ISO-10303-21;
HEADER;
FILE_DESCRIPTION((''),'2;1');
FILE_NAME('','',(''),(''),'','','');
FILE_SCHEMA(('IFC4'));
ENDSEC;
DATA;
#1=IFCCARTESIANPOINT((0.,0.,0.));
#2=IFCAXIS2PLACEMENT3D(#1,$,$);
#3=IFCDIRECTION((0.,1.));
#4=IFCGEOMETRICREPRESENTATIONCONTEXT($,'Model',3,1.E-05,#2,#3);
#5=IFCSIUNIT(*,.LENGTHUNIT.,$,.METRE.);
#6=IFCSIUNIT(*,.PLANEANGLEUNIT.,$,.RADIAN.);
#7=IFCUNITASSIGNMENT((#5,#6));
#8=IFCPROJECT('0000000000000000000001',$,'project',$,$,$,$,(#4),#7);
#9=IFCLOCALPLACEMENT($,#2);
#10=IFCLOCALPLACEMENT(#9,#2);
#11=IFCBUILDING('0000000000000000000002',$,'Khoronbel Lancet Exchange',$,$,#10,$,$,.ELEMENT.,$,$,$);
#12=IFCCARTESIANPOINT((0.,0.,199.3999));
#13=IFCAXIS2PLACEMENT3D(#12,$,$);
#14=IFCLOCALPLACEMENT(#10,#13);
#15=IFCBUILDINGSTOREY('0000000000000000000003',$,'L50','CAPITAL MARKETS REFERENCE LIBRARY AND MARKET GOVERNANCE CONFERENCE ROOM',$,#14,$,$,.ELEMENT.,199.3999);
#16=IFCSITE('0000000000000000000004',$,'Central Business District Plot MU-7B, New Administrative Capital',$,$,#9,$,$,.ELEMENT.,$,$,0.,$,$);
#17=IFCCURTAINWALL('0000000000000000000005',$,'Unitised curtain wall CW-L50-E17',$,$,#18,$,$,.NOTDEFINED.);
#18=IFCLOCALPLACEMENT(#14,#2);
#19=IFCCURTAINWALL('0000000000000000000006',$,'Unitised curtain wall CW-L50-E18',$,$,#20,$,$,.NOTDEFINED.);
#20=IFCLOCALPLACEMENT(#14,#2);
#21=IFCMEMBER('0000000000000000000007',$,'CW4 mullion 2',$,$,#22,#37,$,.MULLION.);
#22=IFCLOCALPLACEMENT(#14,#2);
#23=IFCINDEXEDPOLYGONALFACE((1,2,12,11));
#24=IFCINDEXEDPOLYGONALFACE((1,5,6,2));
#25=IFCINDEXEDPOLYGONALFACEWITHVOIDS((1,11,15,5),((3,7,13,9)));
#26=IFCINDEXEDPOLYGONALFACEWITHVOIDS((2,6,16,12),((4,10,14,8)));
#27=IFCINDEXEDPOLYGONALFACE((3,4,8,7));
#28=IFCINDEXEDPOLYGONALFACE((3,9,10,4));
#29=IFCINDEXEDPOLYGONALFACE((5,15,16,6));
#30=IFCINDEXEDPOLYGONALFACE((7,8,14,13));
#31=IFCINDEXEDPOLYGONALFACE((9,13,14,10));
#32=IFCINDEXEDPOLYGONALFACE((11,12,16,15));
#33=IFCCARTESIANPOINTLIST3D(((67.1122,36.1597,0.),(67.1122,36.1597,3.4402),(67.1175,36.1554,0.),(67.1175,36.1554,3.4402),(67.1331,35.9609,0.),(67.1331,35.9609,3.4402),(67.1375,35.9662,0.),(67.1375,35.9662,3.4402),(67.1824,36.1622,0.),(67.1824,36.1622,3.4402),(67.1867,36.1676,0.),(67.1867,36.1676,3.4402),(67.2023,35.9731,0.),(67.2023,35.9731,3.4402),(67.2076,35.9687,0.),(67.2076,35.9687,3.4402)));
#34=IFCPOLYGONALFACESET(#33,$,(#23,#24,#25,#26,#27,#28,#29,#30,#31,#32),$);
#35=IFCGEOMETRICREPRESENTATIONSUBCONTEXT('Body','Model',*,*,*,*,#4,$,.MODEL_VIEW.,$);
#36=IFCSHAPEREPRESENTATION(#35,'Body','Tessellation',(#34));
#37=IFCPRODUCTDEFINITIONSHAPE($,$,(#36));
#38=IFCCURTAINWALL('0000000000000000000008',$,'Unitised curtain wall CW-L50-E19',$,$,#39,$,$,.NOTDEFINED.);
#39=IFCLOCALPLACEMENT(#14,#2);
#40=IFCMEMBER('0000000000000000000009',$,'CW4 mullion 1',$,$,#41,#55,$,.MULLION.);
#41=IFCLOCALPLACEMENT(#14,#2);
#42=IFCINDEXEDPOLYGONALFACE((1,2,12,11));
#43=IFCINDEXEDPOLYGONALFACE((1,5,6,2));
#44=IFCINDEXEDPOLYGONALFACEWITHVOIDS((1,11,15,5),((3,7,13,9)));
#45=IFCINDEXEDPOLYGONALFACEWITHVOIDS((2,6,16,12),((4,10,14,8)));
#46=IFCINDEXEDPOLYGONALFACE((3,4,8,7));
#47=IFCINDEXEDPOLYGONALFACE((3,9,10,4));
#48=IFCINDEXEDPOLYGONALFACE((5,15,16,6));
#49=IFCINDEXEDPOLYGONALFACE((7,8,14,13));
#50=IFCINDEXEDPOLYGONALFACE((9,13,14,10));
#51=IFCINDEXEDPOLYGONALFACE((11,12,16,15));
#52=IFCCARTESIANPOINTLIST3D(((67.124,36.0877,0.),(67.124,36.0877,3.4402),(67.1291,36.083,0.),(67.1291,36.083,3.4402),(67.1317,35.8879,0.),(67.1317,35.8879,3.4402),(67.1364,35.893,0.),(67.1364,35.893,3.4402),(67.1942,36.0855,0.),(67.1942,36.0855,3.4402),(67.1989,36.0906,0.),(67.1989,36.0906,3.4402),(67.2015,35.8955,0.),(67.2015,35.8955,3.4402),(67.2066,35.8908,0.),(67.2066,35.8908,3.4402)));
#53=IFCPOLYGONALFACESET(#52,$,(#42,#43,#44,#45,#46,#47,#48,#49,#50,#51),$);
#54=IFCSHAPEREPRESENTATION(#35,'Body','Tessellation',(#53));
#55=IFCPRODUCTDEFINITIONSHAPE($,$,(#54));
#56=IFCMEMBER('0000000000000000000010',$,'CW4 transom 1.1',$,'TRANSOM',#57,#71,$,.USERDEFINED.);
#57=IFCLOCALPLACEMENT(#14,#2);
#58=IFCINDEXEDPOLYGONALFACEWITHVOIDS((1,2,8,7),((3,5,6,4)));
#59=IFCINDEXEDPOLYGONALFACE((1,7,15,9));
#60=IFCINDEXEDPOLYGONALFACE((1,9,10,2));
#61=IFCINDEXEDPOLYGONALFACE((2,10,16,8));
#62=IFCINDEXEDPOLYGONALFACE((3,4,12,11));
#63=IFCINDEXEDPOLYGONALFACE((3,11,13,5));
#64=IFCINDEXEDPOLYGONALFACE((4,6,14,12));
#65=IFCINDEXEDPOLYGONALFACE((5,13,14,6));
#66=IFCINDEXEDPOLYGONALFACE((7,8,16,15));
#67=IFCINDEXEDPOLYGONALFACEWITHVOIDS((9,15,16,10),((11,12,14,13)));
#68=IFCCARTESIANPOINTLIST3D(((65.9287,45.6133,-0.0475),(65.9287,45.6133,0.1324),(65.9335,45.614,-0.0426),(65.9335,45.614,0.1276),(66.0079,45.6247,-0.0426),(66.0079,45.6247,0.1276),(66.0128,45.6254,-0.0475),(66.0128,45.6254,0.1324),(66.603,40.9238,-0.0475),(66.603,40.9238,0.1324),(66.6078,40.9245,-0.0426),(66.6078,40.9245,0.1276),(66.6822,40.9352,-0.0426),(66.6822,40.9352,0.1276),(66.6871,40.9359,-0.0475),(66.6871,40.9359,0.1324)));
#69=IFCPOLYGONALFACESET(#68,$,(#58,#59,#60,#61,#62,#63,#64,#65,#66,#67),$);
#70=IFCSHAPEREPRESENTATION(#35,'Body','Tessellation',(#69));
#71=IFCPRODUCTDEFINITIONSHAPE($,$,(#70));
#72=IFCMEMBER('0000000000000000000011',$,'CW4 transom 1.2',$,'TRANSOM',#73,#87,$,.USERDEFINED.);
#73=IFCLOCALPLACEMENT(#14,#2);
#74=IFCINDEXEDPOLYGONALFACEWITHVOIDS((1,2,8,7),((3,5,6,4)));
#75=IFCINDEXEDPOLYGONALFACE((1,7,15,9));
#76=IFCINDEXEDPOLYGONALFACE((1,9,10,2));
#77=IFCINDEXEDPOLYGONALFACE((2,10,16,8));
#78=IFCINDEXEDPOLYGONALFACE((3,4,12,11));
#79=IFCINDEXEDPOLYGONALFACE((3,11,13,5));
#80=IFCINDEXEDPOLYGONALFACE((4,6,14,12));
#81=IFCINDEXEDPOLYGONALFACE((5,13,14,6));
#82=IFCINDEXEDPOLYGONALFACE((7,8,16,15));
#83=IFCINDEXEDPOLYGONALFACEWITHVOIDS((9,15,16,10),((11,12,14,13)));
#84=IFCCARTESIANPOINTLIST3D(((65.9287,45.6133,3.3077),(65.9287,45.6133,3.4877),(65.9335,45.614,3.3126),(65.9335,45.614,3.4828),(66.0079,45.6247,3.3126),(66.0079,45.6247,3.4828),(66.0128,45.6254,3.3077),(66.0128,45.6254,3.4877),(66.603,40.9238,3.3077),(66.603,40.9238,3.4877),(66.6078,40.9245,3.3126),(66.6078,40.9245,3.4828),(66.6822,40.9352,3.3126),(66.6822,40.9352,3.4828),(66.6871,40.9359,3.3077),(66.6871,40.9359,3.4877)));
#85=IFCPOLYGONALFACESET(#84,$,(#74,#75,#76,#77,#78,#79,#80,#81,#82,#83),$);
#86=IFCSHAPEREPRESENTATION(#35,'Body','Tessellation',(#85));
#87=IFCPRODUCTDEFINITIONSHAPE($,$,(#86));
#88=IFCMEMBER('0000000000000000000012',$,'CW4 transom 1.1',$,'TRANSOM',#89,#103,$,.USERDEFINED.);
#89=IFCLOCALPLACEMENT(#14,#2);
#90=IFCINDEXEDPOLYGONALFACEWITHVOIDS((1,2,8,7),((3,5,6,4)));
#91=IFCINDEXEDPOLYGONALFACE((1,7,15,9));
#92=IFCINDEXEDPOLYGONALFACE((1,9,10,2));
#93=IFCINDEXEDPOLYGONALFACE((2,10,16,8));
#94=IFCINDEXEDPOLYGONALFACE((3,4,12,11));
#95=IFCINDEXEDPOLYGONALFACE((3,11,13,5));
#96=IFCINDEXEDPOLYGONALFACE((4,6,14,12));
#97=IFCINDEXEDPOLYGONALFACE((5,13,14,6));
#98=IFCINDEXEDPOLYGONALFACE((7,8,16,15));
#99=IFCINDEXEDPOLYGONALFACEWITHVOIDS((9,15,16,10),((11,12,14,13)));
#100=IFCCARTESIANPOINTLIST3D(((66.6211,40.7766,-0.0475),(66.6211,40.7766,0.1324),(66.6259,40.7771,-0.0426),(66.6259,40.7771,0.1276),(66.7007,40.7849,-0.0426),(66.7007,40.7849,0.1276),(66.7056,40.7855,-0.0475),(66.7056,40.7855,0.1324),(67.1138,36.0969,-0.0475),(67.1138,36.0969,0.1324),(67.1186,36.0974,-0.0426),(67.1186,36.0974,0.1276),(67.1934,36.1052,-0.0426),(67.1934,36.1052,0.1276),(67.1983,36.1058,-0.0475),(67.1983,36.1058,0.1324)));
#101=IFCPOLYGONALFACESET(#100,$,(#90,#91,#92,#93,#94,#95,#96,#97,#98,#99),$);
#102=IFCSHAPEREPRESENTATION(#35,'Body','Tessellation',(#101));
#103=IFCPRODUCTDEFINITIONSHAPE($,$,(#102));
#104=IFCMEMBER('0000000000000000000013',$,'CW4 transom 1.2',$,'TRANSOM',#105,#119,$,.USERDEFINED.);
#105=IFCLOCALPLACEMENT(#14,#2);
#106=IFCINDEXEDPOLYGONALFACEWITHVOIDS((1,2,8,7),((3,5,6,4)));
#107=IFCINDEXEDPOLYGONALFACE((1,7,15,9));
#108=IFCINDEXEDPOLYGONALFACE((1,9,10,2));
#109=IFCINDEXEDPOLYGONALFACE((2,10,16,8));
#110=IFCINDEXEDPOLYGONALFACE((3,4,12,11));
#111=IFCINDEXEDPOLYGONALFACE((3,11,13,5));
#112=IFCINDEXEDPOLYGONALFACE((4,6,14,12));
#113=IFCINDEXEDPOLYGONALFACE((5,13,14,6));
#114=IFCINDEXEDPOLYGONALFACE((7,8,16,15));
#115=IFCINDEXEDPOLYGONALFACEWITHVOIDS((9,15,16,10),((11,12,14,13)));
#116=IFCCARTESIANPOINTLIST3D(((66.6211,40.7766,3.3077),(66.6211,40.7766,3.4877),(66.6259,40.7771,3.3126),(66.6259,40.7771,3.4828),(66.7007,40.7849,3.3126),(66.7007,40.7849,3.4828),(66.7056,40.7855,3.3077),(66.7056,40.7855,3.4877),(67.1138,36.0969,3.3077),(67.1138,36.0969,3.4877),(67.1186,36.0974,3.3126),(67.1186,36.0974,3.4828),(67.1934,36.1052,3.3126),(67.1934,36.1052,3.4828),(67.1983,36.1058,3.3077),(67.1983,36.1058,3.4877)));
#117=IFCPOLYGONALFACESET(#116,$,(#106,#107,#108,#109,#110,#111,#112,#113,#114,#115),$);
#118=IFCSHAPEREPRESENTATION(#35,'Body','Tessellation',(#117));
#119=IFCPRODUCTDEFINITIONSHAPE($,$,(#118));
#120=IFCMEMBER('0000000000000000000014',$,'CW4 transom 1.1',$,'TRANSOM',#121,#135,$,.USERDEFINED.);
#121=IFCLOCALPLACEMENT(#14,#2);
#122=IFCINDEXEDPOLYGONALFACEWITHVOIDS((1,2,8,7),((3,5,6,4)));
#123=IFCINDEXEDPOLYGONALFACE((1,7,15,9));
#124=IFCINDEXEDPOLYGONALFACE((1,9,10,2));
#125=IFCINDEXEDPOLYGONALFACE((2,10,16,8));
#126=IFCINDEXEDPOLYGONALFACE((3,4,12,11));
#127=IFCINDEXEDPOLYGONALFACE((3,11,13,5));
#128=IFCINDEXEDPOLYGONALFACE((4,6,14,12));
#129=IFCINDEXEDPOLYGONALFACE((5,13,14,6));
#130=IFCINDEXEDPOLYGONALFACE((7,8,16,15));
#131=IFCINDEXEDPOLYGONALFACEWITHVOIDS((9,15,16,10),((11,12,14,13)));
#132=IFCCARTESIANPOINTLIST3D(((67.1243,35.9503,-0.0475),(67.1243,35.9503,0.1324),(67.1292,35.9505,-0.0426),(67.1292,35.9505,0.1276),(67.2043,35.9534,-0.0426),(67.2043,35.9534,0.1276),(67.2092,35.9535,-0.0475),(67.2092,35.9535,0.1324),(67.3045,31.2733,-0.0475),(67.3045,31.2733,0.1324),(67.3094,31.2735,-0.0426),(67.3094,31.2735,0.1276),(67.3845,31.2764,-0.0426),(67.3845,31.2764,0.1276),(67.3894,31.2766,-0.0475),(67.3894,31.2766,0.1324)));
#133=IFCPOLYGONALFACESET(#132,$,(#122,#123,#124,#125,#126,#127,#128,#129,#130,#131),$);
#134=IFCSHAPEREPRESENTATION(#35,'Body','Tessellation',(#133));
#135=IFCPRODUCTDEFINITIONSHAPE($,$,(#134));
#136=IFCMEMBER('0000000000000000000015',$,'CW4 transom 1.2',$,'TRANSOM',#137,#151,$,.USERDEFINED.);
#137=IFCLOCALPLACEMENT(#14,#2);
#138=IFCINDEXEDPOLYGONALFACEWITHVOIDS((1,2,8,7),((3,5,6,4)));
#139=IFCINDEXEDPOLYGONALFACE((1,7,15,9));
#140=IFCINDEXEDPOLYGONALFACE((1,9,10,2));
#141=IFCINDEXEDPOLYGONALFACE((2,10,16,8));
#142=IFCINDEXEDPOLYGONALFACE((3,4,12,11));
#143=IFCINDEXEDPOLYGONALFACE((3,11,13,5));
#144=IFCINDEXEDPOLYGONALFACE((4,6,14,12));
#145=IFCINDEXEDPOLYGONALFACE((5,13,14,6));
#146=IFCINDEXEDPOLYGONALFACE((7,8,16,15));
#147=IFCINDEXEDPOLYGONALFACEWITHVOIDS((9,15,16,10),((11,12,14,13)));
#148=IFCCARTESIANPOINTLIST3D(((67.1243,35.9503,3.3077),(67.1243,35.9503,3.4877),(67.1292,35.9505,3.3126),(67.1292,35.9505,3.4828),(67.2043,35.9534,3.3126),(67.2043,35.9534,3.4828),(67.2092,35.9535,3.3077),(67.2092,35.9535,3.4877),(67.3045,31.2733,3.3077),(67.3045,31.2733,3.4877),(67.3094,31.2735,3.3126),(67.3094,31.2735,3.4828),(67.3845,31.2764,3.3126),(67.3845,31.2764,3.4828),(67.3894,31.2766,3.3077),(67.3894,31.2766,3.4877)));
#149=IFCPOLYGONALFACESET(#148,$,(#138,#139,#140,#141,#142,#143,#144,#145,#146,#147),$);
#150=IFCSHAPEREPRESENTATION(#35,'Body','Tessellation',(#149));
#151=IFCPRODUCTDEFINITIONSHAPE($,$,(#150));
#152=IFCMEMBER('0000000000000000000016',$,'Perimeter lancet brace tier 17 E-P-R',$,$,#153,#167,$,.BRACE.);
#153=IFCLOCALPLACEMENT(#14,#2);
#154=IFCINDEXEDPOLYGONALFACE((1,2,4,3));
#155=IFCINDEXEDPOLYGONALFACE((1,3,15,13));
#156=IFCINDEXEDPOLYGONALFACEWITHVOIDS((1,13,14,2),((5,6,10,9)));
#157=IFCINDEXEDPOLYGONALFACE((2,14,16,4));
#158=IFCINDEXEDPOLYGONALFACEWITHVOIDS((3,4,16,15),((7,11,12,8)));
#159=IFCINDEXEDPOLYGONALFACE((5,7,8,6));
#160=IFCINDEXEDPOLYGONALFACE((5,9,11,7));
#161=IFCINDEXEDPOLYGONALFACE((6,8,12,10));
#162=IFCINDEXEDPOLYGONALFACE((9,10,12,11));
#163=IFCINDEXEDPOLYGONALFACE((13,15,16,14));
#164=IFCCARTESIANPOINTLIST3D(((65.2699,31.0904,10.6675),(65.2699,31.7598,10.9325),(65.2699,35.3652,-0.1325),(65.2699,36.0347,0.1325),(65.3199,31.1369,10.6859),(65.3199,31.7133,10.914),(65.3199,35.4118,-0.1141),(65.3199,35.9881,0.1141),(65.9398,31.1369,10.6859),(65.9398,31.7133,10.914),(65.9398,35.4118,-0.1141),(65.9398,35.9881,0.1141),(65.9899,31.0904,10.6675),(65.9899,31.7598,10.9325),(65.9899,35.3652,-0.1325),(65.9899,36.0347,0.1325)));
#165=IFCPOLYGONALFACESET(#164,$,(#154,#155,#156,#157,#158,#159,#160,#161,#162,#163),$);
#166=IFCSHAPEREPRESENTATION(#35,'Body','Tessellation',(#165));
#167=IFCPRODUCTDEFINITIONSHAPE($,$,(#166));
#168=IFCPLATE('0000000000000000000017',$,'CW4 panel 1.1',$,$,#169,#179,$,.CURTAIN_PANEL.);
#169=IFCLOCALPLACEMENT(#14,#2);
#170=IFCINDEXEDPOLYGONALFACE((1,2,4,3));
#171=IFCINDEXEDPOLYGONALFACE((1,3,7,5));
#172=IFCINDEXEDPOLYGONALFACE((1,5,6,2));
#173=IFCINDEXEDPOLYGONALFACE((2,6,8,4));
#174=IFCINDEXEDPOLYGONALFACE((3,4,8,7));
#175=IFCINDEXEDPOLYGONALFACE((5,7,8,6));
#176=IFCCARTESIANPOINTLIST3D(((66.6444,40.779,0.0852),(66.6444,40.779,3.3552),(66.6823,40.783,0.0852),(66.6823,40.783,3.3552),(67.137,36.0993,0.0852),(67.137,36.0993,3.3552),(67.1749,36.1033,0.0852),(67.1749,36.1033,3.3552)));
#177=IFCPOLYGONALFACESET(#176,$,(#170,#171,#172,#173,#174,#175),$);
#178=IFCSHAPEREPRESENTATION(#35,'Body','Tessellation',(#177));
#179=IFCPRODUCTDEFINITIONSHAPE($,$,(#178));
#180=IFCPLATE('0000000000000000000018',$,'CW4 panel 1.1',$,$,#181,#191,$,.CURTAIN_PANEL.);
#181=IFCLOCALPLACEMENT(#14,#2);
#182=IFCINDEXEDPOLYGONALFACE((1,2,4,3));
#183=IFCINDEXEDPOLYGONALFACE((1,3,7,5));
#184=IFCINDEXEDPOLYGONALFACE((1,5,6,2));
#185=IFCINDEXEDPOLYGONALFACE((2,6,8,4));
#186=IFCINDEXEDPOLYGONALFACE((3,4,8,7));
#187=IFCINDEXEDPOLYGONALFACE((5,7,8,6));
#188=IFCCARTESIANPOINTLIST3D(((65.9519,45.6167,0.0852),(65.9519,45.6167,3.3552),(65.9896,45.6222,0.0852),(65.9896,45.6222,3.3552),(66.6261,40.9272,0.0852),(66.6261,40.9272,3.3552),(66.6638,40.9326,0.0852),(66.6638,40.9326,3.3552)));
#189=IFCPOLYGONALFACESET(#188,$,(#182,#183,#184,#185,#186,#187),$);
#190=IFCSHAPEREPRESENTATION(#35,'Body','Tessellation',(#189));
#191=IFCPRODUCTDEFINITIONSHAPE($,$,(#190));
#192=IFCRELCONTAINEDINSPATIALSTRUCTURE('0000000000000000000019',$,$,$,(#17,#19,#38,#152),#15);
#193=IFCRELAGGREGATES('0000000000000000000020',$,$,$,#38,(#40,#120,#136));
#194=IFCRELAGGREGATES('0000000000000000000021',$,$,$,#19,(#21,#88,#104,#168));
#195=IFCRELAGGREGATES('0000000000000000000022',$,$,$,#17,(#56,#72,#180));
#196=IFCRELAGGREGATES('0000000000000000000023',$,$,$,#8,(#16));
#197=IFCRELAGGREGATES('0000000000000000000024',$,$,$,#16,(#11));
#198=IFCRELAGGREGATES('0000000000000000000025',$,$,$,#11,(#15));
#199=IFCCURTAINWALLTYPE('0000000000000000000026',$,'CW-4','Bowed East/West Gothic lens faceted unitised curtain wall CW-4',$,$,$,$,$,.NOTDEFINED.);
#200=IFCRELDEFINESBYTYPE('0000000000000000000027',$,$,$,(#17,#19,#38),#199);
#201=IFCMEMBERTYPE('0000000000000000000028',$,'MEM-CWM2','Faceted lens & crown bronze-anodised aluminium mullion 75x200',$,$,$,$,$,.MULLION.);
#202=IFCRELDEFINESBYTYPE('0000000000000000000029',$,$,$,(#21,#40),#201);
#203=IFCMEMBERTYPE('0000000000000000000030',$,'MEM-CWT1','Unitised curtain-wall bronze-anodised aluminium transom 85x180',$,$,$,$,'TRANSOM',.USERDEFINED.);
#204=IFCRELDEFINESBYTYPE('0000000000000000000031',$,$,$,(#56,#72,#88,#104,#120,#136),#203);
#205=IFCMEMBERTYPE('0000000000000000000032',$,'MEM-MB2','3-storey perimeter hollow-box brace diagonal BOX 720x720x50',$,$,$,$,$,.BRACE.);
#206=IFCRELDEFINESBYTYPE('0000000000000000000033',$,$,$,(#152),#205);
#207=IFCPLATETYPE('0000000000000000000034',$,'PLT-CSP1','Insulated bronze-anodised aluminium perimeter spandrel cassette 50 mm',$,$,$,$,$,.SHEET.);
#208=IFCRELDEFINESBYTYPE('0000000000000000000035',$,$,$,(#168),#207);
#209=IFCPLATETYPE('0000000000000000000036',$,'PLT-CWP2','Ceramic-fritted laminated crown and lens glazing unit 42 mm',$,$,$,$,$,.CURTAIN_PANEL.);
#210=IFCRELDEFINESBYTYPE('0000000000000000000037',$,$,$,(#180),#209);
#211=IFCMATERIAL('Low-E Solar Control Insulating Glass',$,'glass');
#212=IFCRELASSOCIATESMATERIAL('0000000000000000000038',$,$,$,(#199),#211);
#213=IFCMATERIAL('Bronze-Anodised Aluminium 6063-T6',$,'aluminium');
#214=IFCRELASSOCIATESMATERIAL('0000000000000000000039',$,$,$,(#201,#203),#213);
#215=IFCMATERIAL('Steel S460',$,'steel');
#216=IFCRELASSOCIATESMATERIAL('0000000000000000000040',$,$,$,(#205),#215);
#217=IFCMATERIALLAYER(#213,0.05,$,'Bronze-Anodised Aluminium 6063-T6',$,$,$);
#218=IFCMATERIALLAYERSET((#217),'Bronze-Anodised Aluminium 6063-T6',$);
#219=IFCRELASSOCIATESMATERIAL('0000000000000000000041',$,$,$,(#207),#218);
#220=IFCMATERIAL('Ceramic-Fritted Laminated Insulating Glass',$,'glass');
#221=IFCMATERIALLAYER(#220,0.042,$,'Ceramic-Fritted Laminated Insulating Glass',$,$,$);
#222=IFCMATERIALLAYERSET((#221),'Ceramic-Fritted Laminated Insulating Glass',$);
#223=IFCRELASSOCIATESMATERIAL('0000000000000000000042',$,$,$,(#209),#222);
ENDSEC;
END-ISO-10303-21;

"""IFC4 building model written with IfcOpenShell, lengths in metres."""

from ifc_helpers import new_model, si_unit, direction, frame, origin, origin_2d, place, context, subcontext, project, spatial, rectangle, hollow_rectangle, extrude, material, layer, layer_set, material_profile, profile_set, type_object, element, aggregate, save


model = new_model("IFC4")

# Units and contexts
model_context = context("Model", 3, precision=1e-05, world=origin(), true_north=direction((0.0, 1.0)))
body_context = subcontext(model_context, "Body", "Model", "MODEL_VIEW")
ifc_project = project(units=[si_unit("LENGTHUNIT", "METRE"), si_unit("PLANEANGLEUNIT", "RADIAN")], contexts=[model_context])

# Site, building, storey
site_placement = place(None, origin())
site = spatial("IfcSite", under=ifc_project, at=site_placement, Name="Central Business District Plot MU-7B, New Administrative Capital", CompositionType="ELEMENT", RefElevation=0.0)
building_placement = place(site_placement, origin())
building = spatial("IfcBuilding", under=site, at=building_placement, Name="Khoronbel Lancet Exchange", CompositionType="ELEMENT")
storey_placement = place(building_placement, frame((0.0, 0.0, 199.3999)))
storey = spatial("IfcBuildingStorey", under=building, at=storey_placement, Name="L50", Description="CAPITAL MARKETS REFERENCE LIBRARY AND MARKET GOVERNANCE CONFERENCE ROOM", CompositionType="ELEMENT", Elevation=199.3999)

# Curtain wall
ifc_material_1 = material(Name="Low-E Solar Control Insulating Glass", Category="glass")
curtain_wall_type = type_object("IfcCurtainWallType", Name="CW-4", Description="Bowed East/West Gothic lens faceted unitised curtain wall CW-4", PredefinedType="NOTDEFINED", material=ifc_material_1)
curtain_wall_1_placement = place(storey_placement, origin())
curtain_wall_1 = element("IfcCurtainWall", 1, at=curtain_wall_1_placement, inside=storey, type_object=curtain_wall_type, Name="Unitised curtain wall CW-L50-E17", PredefinedType="NOTDEFINED")
ifc_material_2 = material(Name="Bronze-Anodised Aluminium 6063-T6", Category="aluminium")
ifc_material_profile_1 = material_profile(ifc_material_2, hollow_rectangle(XDim=0.075, YDim=0.2, WallThickness=0.0049, at=origin_2d()), Name="ALU MULLION 75x200")
ifc_profile_set_1 = profile_set([ifc_material_profile_1], Name="Bronze-Anodised Aluminium 6063-T6")
member_type_1 = type_object("IfcMemberType", Name="MEM-CWM2", Description="Faceted lens & crown bronze-anodised aluminium mullion 75x200", PredefinedType="MULLION", material=ifc_profile_set_1)

# Curtain wall, member
curtain_wall_2_placement = place(storey_placement, origin())
curtain_wall_2 = element("IfcCurtainWall", 2, at=curtain_wall_2_placement, inside=storey, type_object=curtain_wall_type, Name="Unitised curtain wall CW-L50-E18", PredefinedType="NOTDEFINED")
member_1_placement = place(storey_placement, frame((67.1599, 36.0642, 0.0), z_axis=(0.0, 0.0, 1.0), x_axis=(0.994505, 0.104686, 0.0)))
member_1 = element("IfcMember", 3, at=member_1_placement, type_object=member_type_1, Name="CW4 mullion 2", PredefinedType="MULLION", context=body_context, shape_type="SweptSolid", body=[
    extrude(hollow_rectangle(XDim=0.075, YDim=0.2, WallThickness=0.0049, at=origin_2d()), origin(), (0.0, 0.0, 1.0), 3.4402),
])

# Curtain wall, member
curtain_wall_3_placement = place(storey_placement, origin())
curtain_wall_3 = element("IfcCurtainWall", 4, at=curtain_wall_3_placement, inside=storey, type_object=curtain_wall_type, Name="Unitised curtain wall CW-L50-E19", PredefinedType="NOTDEFINED")
member_2_placement = place(storey_placement, frame((67.1653, 35.9893, 0.0), z_axis=(0.0, 0.0, 1.0), x_axis=(0.999259, 0.038486, 0.0)))
member_2 = element("IfcMember", 5, at=member_2_placement, type_object=member_type_1, Name="CW4 mullion 1", PredefinedType="MULLION", context=body_context, shape_type="SweptSolid", body=[
    extrude(hollow_rectangle(XDim=0.075, YDim=0.2, WallThickness=0.0049, at=origin_2d()), origin(), (0.0, 0.0, 1.0), 3.4402),
])

# Members
ifc_material_profile_2 = material_profile(ifc_material_2, hollow_rectangle(XDim=0.085, YDim=0.1799, WallThickness=0.0049, at=origin_2d()), Name="ALU TRANSOM 85x180")
ifc_profile_set_2 = profile_set([ifc_material_profile_2], Name="Bronze-Anodised Aluminium 6063-T6")
member_type_2 = type_object("IfcMemberType", Name="MEM-CWT1", Description="Unitised curtain-wall bronze-anodised aluminium transom 85x180", ElementType="TRANSOM", PredefinedType="USERDEFINED", material=ifc_profile_set_2)
member_3_placement = place(storey_placement, frame((65.9707, 45.6194, 0.0425), z_axis=(0.14233, -0.989819, 0.0), x_axis=(0.989819, 0.14233, 0.0)))
member_3 = element("IfcMember", 6, at=member_3_placement, type_object=member_type_2, Name="CW4 transom 1.1", ObjectType="TRANSOM", PredefinedType="USERDEFINED", context=body_context, shape_type="SweptSolid", body=[
    extrude(hollow_rectangle(XDim=0.085, YDim=0.1799, WallThickness=0.0049, at=origin_2d()), origin(), (0.0, 0.0, 1.0), 4.7378),
])
member_4_placement = place(storey_placement, frame((65.9707, 45.6194, 3.3977), z_axis=(0.14233, -0.989819, 0.0), x_axis=(0.989819, 0.14233, 0.0)))
member_4 = element("IfcMember", 7, at=member_4_placement, type_object=member_type_2, Name="CW4 transom 1.2", ObjectType="TRANSOM", PredefinedType="USERDEFINED", context=body_context, shape_type="SweptSolid", body=[
    extrude(hollow_rectangle(XDim=0.085, YDim=0.1799, WallThickness=0.0049, at=origin_2d()), origin(), (0.0, 0.0, 1.0), 4.7378),
])
member_5_placement = place(storey_placement, frame((66.6633, 40.781, 0.0425), z_axis=(0.104701, -0.994504, 0.0), x_axis=(0.994504, 0.104701, 0.0)))
member_5 = element("IfcMember", 8, at=member_5_placement, type_object=member_type_2, Name="CW4 transom 1.1", ObjectType="TRANSOM", PredefinedType="USERDEFINED", context=body_context, shape_type="SweptSolid", body=[
    extrude(hollow_rectangle(XDim=0.085, YDim=0.1799, WallThickness=0.0049, at=origin_2d()), origin(), (0.0, 0.0, 1.0), 4.7056),
])
member_6_placement = place(storey_placement, frame((66.6633, 40.781, 3.3977), z_axis=(0.104701, -0.994504, 0.0), x_axis=(0.994504, 0.104701, 0.0)))
member_6 = element("IfcMember", 9, at=member_6_placement, type_object=member_type_2, Name="CW4 transom 1.2", ObjectType="TRANSOM", PredefinedType="USERDEFINED", context=body_context, shape_type="SweptSolid", body=[
    extrude(hollow_rectangle(XDim=0.085, YDim=0.1799, WallThickness=0.0049, at=origin_2d()), origin(), (0.0, 0.0, 1.0), 4.7056),
])
member_7_placement = place(storey_placement, frame((67.1667, 35.9519, 0.0425), z_axis=(0.038495, -0.999259, 0.0), x_axis=(0.999259, 0.038495, 0.0)))
member_7 = element("IfcMember", 10, at=member_7_placement, type_object=member_type_2, Name="CW4 transom 1.1", ObjectType="TRANSOM", PredefinedType="USERDEFINED", context=body_context, shape_type="SweptSolid", body=[
    extrude(hollow_rectangle(XDim=0.085, YDim=0.1799, WallThickness=0.0049, at=origin_2d()), origin(), (0.0, 0.0, 1.0), 4.6804),
])
member_8_placement = place(storey_placement, frame((67.1667, 35.9519, 3.3977), z_axis=(0.038495, -0.999259, 0.0), x_axis=(0.999259, 0.038495, 0.0)))
member_8 = element("IfcMember", 11, at=member_8_placement, type_object=member_type_2, Name="CW4 transom 1.2", ObjectType="TRANSOM", PredefinedType="USERDEFINED", context=body_context, shape_type="SweptSolid", body=[
    extrude(hollow_rectangle(XDim=0.085, YDim=0.1799, WallThickness=0.0049, at=origin_2d()), origin(), (0.0, 0.0, 1.0), 4.6804),
])
aggregate(curtain_wall_3, [member_2, member_7, member_8])
ifc_material_3 = material(Name="Steel S460", Category="steel")
ifc_material_profile_3 = material_profile(ifc_material_3, hollow_rectangle(XDim=0.72, YDim=0.72, WallThickness=0.05, at=origin_2d()), Name="BOX 720x720x50")
ifc_profile_set_3 = profile_set([ifc_material_profile_3], Name="Steel S460")
member_type_3 = type_object("IfcMemberType", Name="MEM-MB2", Description="3-storey perimeter hollow-box brace diagonal BOX 720x720x50", PredefinedType="BRACE", material=ifc_profile_set_3)
member_9_placement = place(storey_placement, frame((65.6299, 35.7, 0.0), z_axis=(0.0, -0.36804, 0.92981), x_axis=(1.0, 0.0, 0.0)))
element("IfcMember", 12, at=member_9_placement, inside=storey, type_object=member_type_3, Name="Perimeter lancet brace tier 17 E-P-R", PredefinedType="BRACE", context=body_context, shape_type="SweptSolid", body=[
    extrude(hollow_rectangle(XDim=0.72, YDim=0.72, WallThickness=0.05, at=origin_2d()), origin(), (0.0, 0.0, 1.0), 11.6152),
])

# Plates
ifc_layer_1 = layer(ifc_material_2, 0.05, Name="Bronze-Anodised Aluminium 6063-T6")
ifc_layer_set_1 = layer_set([ifc_layer_1], Name="Bronze-Anodised Aluminium 6063-T6")
plate_type_1 = type_object("IfcPlateType", Name="PLT-CSP1", Description="Insulated bronze-anodised aluminium perimeter spandrel cassette 50 mm", PredefinedType="SHEET", material=ifc_layer_set_1)
plate_1_placement = place(storey_placement, frame((66.9097, 38.4412, 0.0852), z_axis=(0.0, 0.0, 1.0), x_axis=(0.104686, -0.994505, 0.0)))
plate_1 = element("IfcPlate", 13, at=plate_1_placement, type_object=plate_type_1, Name="CW4 panel 1.1", PredefinedType="CURTAIN_PANEL", context=body_context, shape_type="SweptSolid", body=[
    extrude(rectangle(XDim=4.7056, YDim=0.0381, at=origin_2d()), origin(), (0.0, 0.0, 1.0), 3.27),
])
aggregate(curtain_wall_2, [member_1, member_5, member_6, plate_1])
ifc_material_4 = material(Name="Ceramic-Fritted Laminated Insulating Glass", Category="glass")
ifc_layer_2 = layer(ifc_material_4, 0.042, Name="Ceramic-Fritted Laminated Insulating Glass")
ifc_layer_set_2 = layer_set([ifc_layer_2], Name="Ceramic-Fritted Laminated Insulating Glass")
plate_type_2 = type_object("IfcPlateType", Name="PLT-CWP2", Description="Ceramic-fritted laminated crown and lens glazing unit 42 mm", PredefinedType="CURTAIN_PANEL", material=ifc_layer_set_2)
plate_2_placement = place(storey_placement, frame((66.3079, 43.2747, 0.0852), z_axis=(0.0, 0.0, 1.0), x_axis=(0.142315, -0.989821, 0.0)))
plate_2 = element("IfcPlate", 14, at=plate_2_placement, type_object=plate_type_2, Name="CW4 panel 1.1", PredefinedType="CURTAIN_PANEL", context=body_context, shape_type="SweptSolid", body=[
    extrude(rectangle(XDim=4.7378, YDim=0.0381, at=origin_2d()), origin(), (0.0, 0.0, 1.0), 3.27),
])
aggregate(curtain_wall_1, [member_3, member_4, plate_2])

save(model, "model.ifc")
